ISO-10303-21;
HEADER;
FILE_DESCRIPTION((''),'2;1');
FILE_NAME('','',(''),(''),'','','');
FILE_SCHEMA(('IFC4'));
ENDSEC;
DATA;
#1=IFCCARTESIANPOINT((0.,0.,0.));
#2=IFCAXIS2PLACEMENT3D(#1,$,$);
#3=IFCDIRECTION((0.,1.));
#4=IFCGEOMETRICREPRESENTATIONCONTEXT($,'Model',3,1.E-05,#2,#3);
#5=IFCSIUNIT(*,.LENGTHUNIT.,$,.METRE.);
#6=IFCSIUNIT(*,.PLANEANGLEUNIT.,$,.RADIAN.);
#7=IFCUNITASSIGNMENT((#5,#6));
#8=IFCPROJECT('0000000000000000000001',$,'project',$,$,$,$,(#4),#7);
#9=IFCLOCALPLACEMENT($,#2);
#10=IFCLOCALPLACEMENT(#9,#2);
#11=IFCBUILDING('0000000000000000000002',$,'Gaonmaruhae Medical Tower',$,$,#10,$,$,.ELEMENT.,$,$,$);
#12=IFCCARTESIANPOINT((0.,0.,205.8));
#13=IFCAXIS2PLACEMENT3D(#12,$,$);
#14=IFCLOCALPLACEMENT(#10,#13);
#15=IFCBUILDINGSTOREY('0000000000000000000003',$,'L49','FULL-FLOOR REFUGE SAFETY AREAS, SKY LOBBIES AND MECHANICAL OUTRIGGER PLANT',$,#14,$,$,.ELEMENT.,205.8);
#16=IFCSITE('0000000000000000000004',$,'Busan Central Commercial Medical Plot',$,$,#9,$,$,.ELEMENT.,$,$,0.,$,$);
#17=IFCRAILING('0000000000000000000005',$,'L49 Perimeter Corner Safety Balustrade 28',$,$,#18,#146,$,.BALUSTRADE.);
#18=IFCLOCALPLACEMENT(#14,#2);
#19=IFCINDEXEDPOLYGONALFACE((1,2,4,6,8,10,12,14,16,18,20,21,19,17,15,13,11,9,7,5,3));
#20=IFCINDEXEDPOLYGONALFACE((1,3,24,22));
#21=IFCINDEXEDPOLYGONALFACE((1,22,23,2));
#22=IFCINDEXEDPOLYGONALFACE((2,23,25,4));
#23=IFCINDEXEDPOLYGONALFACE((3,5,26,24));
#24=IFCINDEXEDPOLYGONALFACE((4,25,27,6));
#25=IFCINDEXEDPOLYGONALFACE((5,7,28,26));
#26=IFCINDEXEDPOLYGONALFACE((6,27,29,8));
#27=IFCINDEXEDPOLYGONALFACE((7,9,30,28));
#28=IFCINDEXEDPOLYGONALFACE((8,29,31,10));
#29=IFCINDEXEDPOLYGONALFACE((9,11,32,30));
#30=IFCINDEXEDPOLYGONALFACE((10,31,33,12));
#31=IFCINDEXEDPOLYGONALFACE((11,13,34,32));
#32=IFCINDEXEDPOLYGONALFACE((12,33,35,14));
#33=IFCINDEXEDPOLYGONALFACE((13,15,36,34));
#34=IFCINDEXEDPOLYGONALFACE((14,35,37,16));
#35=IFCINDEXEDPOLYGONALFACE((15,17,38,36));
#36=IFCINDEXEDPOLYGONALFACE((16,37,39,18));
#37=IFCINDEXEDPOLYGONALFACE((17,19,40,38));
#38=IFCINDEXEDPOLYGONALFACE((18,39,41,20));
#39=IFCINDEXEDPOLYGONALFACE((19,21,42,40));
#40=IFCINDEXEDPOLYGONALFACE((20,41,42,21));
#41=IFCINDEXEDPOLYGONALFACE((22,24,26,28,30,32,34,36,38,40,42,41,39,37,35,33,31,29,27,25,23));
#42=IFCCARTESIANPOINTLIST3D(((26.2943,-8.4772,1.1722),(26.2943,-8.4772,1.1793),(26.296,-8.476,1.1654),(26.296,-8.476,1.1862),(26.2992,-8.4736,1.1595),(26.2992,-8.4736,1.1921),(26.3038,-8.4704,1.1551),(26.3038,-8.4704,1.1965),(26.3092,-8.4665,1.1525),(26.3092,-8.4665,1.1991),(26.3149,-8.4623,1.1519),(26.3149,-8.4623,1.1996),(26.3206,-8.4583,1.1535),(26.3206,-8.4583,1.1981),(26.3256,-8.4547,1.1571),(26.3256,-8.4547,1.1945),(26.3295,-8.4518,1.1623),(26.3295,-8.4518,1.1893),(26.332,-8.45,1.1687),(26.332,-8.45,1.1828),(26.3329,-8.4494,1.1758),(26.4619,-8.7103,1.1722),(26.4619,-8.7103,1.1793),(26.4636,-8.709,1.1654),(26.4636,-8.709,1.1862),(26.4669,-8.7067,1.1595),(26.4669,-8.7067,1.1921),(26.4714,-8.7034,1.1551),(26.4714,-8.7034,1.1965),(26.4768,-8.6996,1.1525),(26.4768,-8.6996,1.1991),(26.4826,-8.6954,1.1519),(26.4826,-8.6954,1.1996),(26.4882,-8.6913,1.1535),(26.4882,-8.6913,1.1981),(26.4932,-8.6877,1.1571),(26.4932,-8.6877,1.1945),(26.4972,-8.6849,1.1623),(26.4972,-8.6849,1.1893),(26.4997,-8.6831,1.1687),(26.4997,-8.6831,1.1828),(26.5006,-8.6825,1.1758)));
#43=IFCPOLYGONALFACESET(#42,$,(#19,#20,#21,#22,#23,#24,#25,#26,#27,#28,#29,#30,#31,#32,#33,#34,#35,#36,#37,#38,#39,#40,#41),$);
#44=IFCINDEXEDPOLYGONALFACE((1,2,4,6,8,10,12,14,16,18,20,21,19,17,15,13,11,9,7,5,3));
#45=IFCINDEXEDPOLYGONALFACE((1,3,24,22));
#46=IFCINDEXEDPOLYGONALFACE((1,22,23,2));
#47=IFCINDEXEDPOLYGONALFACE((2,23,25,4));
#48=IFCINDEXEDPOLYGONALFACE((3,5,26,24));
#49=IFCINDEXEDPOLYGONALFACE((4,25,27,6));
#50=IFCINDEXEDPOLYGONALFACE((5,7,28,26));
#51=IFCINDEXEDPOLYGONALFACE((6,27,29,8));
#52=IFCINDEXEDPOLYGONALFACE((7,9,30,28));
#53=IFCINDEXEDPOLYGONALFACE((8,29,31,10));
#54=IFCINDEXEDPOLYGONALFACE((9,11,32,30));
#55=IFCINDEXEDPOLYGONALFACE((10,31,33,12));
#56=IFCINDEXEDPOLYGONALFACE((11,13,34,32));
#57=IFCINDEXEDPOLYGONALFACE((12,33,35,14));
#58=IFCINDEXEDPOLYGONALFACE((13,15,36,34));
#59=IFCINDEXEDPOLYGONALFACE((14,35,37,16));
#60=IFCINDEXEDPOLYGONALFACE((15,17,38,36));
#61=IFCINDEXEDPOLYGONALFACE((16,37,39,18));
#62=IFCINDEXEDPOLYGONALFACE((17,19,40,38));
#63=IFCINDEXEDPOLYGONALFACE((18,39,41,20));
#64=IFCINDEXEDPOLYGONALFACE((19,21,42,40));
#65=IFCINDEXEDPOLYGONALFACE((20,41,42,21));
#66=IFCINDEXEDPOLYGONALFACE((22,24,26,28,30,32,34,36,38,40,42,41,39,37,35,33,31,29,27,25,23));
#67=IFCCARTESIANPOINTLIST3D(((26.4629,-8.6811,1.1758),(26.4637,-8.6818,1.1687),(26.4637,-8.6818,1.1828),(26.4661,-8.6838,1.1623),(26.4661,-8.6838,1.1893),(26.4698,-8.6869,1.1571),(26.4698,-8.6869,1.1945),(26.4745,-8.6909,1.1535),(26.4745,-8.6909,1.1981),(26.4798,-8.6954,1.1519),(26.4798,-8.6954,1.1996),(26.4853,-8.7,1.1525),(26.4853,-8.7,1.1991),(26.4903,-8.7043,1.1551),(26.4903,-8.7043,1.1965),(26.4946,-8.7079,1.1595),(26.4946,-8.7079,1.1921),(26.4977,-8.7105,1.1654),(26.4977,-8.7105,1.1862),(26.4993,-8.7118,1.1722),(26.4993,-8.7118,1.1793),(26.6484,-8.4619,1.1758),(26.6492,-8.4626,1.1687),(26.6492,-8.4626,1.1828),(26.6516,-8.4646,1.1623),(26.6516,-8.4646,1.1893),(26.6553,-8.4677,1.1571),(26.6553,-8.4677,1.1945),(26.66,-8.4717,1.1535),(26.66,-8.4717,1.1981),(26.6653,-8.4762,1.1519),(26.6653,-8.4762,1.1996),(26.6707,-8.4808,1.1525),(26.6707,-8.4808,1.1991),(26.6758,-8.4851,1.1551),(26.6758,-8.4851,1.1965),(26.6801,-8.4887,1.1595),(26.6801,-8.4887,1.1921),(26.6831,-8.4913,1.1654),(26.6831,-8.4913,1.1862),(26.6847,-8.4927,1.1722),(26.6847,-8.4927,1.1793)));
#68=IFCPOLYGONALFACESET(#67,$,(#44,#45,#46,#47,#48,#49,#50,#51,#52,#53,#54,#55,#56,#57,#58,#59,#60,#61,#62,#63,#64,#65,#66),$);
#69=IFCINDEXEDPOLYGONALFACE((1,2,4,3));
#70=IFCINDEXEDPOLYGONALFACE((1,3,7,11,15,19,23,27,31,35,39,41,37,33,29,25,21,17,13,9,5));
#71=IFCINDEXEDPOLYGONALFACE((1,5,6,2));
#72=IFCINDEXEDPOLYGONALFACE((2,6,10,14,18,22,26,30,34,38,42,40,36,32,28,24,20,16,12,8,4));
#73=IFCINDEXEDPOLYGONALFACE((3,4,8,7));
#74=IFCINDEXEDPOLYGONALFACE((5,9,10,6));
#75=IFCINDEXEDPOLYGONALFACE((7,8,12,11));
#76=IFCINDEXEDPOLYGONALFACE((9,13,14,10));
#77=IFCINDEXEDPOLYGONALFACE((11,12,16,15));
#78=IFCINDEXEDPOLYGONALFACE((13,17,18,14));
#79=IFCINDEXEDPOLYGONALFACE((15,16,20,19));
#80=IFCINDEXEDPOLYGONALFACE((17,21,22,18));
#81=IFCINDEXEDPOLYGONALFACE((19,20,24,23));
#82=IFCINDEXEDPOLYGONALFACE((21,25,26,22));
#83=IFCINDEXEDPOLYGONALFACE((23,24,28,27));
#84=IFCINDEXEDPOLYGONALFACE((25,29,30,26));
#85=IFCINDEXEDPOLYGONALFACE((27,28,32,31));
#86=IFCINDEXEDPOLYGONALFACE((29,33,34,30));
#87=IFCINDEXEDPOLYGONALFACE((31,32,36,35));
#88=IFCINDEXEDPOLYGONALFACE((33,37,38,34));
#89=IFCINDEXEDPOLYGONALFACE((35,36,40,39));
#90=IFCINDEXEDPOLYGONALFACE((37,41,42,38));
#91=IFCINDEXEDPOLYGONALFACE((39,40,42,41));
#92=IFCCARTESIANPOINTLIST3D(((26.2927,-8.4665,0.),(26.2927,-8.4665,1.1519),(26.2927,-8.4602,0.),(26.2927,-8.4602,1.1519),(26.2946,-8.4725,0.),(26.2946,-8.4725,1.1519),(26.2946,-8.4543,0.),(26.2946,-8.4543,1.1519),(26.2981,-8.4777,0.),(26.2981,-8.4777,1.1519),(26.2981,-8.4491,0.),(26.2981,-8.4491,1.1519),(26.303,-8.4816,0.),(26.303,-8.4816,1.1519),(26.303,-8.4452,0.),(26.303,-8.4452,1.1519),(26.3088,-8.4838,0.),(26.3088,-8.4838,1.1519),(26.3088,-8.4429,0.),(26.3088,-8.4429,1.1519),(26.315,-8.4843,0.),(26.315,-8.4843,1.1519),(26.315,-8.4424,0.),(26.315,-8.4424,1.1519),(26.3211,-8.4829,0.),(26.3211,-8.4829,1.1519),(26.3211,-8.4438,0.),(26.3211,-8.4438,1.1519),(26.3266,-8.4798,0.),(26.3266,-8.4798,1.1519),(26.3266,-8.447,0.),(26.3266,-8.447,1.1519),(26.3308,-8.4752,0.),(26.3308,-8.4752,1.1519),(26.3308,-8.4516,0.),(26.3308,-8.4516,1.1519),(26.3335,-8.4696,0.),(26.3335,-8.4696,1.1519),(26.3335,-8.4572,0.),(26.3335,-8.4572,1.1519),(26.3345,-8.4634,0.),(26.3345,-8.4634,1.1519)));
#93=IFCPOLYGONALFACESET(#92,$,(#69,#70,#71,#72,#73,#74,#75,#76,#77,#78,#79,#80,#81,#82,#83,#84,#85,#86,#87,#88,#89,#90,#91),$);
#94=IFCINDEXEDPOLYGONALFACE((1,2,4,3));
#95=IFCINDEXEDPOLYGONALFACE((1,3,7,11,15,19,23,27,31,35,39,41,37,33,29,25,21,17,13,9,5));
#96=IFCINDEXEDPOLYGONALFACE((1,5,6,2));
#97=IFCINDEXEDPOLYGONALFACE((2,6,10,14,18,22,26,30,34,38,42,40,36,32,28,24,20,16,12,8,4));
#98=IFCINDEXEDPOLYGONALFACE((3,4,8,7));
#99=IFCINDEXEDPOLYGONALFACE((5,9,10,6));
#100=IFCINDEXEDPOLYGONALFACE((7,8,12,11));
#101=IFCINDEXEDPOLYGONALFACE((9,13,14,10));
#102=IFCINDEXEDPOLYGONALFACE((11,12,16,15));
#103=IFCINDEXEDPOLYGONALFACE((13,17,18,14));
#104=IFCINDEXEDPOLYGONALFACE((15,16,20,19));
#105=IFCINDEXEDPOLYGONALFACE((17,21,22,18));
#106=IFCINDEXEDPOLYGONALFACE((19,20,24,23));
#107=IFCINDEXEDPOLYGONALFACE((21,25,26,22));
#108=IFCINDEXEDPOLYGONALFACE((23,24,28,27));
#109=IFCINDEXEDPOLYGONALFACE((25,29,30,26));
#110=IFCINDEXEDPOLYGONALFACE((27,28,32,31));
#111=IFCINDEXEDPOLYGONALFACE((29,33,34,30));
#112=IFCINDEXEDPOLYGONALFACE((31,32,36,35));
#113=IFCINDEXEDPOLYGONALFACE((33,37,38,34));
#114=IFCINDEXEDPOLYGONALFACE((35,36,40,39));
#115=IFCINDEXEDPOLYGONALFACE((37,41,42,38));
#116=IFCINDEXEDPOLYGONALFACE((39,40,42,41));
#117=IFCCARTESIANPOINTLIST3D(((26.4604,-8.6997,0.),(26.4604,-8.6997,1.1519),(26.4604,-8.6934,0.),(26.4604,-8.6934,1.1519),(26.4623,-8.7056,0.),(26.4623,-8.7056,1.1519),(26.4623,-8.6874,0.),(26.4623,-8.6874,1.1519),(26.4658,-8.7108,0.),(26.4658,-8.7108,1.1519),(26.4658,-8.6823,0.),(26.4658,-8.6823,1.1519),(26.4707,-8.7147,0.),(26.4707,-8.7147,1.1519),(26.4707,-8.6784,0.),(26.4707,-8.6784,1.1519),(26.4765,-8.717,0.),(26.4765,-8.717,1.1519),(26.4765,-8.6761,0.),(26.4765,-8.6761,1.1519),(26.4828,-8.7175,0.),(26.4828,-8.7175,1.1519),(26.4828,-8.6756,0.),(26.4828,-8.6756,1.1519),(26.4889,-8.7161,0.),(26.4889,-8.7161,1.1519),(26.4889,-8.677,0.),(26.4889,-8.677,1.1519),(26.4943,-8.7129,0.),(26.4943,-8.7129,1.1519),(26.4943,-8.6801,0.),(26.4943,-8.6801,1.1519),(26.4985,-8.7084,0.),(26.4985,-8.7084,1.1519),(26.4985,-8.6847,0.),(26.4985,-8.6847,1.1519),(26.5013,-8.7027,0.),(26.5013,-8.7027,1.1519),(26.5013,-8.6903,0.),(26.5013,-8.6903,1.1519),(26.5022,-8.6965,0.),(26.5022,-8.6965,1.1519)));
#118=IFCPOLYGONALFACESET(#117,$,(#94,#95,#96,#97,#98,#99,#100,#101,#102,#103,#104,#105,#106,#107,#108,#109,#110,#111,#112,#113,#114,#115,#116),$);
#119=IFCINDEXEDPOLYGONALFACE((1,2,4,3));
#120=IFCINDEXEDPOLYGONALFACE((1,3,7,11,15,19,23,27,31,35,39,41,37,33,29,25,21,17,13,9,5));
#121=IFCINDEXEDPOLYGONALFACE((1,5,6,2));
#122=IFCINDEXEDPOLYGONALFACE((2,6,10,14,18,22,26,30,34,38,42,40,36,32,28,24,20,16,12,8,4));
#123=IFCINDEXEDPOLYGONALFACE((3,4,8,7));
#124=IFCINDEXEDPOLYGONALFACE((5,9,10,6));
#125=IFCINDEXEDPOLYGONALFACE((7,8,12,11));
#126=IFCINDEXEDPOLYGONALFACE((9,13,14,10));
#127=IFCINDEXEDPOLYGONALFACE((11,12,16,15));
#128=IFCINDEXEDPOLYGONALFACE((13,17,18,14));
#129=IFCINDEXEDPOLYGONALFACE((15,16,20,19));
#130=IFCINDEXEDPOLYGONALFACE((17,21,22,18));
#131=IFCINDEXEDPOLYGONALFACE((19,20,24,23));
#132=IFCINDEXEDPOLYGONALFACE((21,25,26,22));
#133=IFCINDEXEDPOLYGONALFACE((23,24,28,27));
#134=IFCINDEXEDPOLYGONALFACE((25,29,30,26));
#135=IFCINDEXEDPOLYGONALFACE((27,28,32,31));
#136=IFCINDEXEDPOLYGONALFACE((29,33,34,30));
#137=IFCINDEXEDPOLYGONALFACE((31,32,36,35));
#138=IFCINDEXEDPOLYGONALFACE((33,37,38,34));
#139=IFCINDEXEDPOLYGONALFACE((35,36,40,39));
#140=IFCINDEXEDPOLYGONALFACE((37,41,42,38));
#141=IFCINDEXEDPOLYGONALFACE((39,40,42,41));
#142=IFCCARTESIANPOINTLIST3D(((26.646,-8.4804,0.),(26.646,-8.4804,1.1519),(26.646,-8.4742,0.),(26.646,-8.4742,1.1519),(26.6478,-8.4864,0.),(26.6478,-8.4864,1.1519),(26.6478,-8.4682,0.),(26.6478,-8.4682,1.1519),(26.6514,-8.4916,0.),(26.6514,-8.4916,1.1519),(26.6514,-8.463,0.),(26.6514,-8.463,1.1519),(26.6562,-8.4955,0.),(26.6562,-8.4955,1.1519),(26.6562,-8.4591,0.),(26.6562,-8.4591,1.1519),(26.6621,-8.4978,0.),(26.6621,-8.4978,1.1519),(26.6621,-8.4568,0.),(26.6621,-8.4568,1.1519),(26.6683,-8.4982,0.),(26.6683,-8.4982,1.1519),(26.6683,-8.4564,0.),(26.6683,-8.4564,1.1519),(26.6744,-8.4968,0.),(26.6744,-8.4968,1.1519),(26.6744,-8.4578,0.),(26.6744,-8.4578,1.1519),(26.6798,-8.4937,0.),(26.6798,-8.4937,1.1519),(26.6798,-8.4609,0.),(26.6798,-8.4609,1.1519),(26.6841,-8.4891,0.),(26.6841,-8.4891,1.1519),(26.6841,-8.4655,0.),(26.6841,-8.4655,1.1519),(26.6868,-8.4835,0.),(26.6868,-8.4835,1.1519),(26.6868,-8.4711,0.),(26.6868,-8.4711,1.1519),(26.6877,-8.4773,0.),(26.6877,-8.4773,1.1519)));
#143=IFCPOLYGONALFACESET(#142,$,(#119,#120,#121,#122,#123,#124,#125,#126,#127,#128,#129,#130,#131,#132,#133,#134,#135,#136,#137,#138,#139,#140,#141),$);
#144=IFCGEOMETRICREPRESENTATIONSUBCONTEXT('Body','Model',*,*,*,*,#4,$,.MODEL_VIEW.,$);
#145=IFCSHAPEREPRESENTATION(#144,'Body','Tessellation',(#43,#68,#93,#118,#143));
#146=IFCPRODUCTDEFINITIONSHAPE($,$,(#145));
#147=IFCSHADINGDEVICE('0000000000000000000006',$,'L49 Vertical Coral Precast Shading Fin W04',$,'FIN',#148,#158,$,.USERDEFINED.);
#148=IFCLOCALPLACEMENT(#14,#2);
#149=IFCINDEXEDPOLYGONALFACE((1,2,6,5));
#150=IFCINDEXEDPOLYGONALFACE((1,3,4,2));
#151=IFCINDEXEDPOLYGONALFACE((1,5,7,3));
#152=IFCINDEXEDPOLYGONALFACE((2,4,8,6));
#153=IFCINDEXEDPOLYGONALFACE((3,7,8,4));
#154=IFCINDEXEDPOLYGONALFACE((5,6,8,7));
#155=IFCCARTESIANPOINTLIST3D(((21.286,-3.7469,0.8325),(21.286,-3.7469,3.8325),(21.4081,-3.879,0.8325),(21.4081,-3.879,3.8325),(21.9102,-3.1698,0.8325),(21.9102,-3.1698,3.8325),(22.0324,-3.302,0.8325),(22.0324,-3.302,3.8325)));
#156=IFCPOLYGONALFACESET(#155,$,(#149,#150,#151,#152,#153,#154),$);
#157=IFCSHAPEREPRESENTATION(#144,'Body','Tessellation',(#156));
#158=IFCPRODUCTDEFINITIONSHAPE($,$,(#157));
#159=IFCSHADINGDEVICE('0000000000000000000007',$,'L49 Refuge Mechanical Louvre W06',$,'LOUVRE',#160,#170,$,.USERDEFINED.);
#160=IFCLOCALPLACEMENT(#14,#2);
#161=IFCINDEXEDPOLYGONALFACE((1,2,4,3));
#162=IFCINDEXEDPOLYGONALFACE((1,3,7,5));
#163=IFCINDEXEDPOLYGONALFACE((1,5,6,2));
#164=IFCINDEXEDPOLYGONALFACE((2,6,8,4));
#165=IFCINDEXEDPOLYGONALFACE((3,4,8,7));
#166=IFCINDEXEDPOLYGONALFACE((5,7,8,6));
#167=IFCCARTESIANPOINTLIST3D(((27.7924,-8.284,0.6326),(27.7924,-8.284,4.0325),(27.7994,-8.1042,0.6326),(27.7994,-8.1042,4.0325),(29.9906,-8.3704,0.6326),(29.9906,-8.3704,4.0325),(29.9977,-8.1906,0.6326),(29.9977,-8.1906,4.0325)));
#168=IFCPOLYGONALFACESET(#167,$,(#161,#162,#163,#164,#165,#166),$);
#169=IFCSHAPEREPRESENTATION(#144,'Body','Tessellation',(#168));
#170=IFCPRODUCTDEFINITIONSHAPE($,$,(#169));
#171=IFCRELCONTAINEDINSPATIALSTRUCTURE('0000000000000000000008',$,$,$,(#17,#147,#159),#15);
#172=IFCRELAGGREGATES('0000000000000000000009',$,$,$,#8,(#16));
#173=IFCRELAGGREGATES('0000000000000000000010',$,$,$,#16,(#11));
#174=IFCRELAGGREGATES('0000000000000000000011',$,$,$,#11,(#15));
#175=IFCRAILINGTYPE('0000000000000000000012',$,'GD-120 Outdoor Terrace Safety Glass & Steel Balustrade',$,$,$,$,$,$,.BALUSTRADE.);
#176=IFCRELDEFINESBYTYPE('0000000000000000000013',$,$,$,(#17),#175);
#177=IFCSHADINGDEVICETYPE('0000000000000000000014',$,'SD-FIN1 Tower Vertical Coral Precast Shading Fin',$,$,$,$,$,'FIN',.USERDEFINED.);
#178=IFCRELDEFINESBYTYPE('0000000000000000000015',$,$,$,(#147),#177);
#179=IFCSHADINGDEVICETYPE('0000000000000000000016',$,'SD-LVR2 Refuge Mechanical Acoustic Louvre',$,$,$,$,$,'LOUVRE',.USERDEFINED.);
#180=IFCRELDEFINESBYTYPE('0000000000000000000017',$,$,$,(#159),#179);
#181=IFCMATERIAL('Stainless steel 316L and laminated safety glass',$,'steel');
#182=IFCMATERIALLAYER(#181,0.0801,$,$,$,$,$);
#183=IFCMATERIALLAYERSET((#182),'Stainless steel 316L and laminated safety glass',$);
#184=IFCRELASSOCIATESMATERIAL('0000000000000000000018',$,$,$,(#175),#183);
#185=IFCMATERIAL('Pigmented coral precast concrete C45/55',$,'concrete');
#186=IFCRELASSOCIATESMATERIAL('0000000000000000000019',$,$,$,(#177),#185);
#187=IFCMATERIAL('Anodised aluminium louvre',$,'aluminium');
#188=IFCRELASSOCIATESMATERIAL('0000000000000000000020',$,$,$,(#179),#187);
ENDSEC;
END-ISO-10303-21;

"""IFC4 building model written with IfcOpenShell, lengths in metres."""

from ifc_helpers import new_model, si_unit, direction, frame, origin, origin_2d, place, context, subcontext, project, spatial, rectangle, circle, extrude, material, layer, layer_set, type_object, element, save


model = new_model("IFC4")

# Units and contexts
model_context = context("Model", 3, precision=1e-05, world=origin(), true_north=direction((0.0, 1.0)))
body_context = subcontext(model_context, "Body", "Model", "MODEL_VIEW")
ifc_project = project(units=[si_unit("LENGTHUNIT", "METRE"), si_unit("PLANEANGLEUNIT", "RADIAN")], contexts=[model_context])

# Site, building, storey
site_placement = place(None, origin())
site = spatial("IfcSite", under=ifc_project, at=site_placement, Name="Busan Central Commercial Medical Plot", CompositionType="ELEMENT", RefElevation=0.0)
building_placement = place(site_placement, origin())
building = spatial("IfcBuilding", under=site, at=building_placement, Name="Gaonmaruhae Medical Tower", CompositionType="ELEMENT")
storey_placement = place(building_placement, frame((0.0, 0.0, 205.8)))
storey = spatial("IfcBuildingStorey", under=building, at=storey_placement, Name="L49", Description="FULL-FLOOR REFUGE SAFETY AREAS, SKY LOBBIES AND MECHANICAL OUTRIGGER PLANT", CompositionType="ELEMENT", Elevation=205.8)

# Railing
ifc_material_1 = material(Name="Stainless steel 316L and laminated safety glass", Category="steel")
ifc_layer_1 = layer(ifc_material_1, 0.0801)
ifc_layer_set_1 = layer_set([ifc_layer_1], Name="Stainless steel 316L and laminated safety glass")
railing_type = type_object("IfcRailingType", Name="GD-120 Outdoor Terrace Safety Glass & Steel Balustrade", PredefinedType="BALUSTRADE", material=ifc_layer_set_1)
railing_1_placement = place(storey_placement, frame((26.3135, -8.4634, 0.0)))
element("IfcRailing", 1, at=railing_1_placement, inside=storey, type_object=railing_type, Name="L49 Perimeter Corner Safety Balustrade 28", PredefinedType="BALUSTRADE", context=body_context, shape_type="SweptSolid", body=[
    extrude(circle(Radius=0.0239, at=origin_2d()), frame((0.0, 0.0, 1.1758), z_axis=(0.583969, -0.811776, 0.0), x_axis=(0.811776, 0.583969, 0.0)), (0.0, 0.0, 1.0), 0.2871),
    extrude(circle(Radius=0.0239, at=origin_2d()), frame((0.1677, -0.2332, 1.1758), z_axis=(0.646018, 0.763322, 0.0), x_axis=(-0.763322, 0.646018, 0.0)), (0.0, 0.0, 1.0), 0.2871),
    extrude(circle(Radius=0.021, at=origin_2d()), origin(), (0.0, 0.0, 1.0), 1.1519),
    extrude(circle(Radius=0.021, at=origin_2d()), frame((0.1677, -0.2332, 0.0)), (0.0, 0.0, 1.0), 1.1519),
    extrude(circle(Radius=0.021, at=origin_2d()), frame((0.3533, -0.0139, 0.0)), (0.0, 0.0, 1.0), 1.1519),
])

# Shading devices
ifc_material_2 = material(Name="Pigmented coral precast concrete C45/55", Category="concrete")
shading_device_type_1 = type_object("IfcShadingDeviceType", Name="SD-FIN1 Tower Vertical Coral Precast Shading Fin", ElementType="FIN", PredefinedType="USERDEFINED", material=ifc_material_2)
shading_device_1_placement = place(storey_placement, frame((21.6592, -3.5244, 0.8325), z_axis=(0.0, 0.0, 1.0), x_axis=(-0.678801, 0.734323, 0.0)))
element("IfcShadingDevice", 2, at=shading_device_1_placement, inside=storey, type_object=shading_device_type_1, Name="L49 Vertical Coral Precast Shading Fin W04", ObjectType="FIN", PredefinedType="USERDEFINED", context=body_context, shape_type="SweptSolid", body=[
    extrude(rectangle(XDim=0.1799, YDim=0.8501, at=origin_2d()), origin(), (0.0, 0.0, 1.0), 3.0),
])
ifc_material_3 = material(Name="Anodised aluminium louvre", Category="aluminium")
shading_device_type_2 = type_object("IfcShadingDeviceType", Name="SD-LVR2 Refuge Mechanical Acoustic Louvre", ElementType="LOUVRE", PredefinedType="USERDEFINED", material=ifc_material_3)
shading_device_2_placement = place(storey_placement, frame((28.895, -8.2373, 0.6326), z_axis=(0.0, 0.0, 1.0), x_axis=(-0.999228, 0.039277, 0.0)))
element("IfcShadingDevice", 3, at=shading_device_2_placement, inside=storey, type_object=shading_device_type_2, Name="L49 Refuge Mechanical Louvre W06", ObjectType="LOUVRE", PredefinedType="USERDEFINED", context=body_context, shape_type="SweptSolid", body=[
    extrude(rectangle(XDim=2.2, YDim=0.1799, at=origin_2d()), origin(), (0.0, 0.0, 1.0), 3.3999),
])

save(model, "model.ifc")
